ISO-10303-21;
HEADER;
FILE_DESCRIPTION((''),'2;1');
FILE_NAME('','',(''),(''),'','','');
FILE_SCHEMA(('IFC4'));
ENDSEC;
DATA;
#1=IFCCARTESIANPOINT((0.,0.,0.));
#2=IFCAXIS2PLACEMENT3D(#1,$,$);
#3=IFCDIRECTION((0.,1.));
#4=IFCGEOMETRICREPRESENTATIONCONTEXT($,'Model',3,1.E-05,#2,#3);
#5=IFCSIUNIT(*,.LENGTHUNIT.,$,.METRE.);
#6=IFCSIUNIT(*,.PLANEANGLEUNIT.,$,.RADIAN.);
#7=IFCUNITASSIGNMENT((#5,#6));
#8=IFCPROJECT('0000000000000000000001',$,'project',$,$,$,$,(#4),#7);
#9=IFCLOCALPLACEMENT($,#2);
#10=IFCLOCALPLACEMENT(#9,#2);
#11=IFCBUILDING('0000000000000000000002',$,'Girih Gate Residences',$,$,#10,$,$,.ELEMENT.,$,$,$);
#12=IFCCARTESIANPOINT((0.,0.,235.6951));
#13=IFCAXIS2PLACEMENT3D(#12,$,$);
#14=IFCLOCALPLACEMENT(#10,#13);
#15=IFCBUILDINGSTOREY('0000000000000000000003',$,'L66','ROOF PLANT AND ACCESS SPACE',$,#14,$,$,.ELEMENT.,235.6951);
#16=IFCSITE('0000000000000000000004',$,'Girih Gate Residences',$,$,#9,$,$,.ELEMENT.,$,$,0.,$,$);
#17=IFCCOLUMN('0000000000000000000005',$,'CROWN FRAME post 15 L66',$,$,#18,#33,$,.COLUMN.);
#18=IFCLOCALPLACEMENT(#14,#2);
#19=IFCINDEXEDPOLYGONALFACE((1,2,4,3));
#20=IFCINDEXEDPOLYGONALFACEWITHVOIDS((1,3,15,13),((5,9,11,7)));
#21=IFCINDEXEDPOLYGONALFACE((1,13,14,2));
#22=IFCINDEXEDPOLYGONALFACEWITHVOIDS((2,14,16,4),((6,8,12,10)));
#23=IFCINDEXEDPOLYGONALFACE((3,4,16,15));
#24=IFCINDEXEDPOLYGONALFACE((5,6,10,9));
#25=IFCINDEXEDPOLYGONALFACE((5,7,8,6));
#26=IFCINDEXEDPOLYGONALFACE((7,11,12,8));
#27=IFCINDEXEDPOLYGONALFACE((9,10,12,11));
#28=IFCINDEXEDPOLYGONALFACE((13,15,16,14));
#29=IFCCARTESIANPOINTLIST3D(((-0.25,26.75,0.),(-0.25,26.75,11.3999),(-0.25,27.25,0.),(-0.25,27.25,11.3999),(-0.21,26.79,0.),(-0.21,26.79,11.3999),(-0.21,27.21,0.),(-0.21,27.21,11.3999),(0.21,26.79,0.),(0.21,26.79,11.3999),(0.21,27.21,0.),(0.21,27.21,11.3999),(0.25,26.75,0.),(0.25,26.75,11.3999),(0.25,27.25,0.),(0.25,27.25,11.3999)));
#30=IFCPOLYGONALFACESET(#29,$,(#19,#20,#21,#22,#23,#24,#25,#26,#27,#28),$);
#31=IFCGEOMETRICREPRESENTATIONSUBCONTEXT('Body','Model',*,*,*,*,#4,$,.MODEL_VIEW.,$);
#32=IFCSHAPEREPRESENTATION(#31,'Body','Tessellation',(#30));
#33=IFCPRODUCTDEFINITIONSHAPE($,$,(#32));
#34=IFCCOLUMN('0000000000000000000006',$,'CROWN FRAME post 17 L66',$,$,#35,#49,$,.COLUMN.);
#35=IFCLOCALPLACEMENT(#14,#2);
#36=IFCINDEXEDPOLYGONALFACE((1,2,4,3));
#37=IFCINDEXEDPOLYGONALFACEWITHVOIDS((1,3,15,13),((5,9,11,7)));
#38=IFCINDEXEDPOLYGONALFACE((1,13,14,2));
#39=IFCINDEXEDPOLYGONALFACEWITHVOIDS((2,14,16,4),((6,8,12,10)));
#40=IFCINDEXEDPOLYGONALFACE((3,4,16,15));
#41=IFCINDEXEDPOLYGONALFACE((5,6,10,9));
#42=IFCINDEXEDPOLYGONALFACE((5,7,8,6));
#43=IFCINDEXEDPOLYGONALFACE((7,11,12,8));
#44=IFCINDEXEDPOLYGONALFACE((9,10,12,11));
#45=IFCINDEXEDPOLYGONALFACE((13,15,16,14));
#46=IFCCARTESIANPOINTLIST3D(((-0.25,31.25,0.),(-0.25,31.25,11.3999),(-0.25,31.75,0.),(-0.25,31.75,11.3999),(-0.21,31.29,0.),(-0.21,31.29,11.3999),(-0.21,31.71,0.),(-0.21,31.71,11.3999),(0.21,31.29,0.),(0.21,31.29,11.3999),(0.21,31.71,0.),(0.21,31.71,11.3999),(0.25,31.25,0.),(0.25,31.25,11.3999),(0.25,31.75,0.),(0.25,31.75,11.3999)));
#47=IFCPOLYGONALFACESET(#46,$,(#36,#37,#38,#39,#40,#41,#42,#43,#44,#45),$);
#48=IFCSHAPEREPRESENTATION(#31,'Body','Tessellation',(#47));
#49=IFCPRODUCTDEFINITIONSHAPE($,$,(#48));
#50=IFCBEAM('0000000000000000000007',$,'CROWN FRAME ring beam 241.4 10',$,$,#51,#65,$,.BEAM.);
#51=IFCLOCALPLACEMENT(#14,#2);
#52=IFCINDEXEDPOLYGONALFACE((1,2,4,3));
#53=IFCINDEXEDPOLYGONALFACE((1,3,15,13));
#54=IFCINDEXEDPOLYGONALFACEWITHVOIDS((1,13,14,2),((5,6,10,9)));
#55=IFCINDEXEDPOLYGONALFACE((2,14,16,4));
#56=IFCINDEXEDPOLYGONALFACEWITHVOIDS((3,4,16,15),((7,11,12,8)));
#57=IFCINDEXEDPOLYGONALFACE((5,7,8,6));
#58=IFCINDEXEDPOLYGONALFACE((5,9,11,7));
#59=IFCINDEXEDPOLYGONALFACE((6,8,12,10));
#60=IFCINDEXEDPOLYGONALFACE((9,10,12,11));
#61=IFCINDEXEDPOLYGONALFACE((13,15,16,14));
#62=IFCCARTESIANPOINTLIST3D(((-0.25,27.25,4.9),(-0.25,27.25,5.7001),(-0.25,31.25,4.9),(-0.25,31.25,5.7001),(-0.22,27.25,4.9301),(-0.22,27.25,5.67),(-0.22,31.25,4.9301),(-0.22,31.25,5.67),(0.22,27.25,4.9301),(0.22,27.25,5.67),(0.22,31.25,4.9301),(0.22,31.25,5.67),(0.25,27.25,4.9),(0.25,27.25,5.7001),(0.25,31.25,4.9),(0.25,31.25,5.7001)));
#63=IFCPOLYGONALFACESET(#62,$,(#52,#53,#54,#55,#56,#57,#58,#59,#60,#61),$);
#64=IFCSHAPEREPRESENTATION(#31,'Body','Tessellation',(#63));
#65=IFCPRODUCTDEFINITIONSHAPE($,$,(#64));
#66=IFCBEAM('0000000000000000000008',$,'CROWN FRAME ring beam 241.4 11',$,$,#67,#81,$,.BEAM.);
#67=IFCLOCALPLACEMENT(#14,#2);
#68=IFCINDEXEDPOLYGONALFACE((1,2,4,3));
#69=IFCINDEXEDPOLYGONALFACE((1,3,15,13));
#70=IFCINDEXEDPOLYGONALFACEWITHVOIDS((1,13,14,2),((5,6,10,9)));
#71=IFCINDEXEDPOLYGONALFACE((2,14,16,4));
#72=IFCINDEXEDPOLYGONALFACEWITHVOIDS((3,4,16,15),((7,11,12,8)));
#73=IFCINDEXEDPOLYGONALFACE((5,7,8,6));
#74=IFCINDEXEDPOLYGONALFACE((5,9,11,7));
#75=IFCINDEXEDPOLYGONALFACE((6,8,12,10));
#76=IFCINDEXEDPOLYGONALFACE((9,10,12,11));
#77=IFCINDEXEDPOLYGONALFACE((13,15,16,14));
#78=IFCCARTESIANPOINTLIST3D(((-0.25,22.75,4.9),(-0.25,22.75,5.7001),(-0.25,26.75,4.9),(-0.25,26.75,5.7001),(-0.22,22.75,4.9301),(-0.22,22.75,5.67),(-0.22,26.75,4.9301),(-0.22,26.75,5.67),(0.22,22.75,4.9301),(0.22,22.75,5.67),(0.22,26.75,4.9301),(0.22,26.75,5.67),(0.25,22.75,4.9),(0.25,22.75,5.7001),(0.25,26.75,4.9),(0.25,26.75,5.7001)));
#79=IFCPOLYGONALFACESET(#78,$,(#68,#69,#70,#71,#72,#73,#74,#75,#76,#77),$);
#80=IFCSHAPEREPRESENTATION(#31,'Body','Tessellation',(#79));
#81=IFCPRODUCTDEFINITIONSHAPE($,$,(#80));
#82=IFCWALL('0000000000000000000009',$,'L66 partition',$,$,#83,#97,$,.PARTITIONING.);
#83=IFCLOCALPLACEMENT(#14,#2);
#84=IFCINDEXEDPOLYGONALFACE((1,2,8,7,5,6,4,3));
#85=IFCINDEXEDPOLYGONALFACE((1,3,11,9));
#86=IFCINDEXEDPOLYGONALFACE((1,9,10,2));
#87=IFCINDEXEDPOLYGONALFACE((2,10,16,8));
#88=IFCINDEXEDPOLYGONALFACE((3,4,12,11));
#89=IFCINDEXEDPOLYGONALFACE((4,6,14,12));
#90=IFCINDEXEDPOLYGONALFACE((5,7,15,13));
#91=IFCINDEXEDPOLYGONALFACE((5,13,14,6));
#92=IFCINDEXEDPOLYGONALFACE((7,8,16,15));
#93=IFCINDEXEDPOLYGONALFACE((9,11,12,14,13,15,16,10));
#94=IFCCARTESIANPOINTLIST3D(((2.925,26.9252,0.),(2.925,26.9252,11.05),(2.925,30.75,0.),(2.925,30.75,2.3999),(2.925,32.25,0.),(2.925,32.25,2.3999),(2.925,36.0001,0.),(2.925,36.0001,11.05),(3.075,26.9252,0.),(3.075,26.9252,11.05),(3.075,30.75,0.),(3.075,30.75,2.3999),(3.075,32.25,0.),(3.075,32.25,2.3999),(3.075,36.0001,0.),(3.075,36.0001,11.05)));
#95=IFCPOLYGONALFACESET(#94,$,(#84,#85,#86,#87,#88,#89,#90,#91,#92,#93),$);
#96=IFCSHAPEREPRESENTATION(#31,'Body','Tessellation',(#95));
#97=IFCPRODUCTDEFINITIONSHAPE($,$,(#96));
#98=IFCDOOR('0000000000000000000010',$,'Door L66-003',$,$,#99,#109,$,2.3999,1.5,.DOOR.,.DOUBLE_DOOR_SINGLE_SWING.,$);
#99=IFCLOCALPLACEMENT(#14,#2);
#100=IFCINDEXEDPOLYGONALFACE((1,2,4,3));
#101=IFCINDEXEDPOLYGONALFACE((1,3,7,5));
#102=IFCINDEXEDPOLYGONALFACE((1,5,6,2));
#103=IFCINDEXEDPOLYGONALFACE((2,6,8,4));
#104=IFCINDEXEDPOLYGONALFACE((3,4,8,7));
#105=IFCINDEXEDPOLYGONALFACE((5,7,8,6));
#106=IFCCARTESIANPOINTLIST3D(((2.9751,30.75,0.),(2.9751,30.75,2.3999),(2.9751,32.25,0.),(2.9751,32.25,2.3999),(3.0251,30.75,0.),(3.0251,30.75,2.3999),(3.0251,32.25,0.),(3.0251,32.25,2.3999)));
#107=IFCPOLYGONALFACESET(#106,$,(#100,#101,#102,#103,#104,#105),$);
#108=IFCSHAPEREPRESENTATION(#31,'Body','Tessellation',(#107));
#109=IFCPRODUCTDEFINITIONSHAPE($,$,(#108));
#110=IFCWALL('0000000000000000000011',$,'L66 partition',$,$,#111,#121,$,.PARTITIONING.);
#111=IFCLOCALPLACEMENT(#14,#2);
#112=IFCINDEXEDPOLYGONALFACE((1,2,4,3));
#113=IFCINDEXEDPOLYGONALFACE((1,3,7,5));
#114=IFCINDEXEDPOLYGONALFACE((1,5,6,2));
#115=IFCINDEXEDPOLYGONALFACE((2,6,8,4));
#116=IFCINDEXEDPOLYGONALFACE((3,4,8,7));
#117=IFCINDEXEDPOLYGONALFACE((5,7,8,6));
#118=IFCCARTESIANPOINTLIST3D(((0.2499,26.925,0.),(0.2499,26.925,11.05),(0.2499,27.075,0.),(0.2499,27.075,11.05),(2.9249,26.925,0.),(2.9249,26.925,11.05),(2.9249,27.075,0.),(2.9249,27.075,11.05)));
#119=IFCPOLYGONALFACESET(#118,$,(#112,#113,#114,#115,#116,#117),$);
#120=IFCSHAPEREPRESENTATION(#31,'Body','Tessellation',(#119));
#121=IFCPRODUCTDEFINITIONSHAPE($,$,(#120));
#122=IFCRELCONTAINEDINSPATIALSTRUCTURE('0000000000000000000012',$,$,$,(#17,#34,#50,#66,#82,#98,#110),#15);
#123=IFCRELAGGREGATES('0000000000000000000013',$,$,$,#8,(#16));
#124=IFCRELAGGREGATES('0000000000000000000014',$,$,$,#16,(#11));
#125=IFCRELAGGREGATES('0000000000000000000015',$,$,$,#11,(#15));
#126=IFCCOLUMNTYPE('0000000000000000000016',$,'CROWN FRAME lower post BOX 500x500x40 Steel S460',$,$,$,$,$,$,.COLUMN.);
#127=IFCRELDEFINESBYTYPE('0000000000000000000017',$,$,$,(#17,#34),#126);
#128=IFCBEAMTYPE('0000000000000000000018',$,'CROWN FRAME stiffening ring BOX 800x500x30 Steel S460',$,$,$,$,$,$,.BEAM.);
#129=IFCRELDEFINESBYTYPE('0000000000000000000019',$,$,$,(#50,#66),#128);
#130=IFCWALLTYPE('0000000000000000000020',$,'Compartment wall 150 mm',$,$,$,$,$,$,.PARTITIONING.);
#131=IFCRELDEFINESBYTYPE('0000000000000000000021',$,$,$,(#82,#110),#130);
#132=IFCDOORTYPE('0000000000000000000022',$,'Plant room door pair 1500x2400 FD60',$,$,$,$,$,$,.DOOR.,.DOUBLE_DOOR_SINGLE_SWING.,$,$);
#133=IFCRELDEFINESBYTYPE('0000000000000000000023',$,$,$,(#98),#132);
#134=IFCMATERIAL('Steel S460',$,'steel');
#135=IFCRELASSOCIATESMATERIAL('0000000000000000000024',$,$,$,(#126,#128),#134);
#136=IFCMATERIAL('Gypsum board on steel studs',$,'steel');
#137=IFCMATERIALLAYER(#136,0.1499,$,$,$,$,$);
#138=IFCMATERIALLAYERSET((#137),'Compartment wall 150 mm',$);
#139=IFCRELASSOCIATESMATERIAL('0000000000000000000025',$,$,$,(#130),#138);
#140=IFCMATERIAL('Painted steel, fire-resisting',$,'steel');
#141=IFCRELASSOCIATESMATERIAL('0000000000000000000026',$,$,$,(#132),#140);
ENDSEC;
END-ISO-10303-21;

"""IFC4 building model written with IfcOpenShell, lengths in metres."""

from ifc_helpers import new_model, si_unit, direction, frame, frame_2d, origin, origin_2d, place, context, subcontext, project, spatial, rectangle, hollow_rectangle, extrude, material, layer, layer_set, material_profile, profile_set, type_object, element, fill, save


model = new_model("IFC4")

# Units and contexts
model_context = context("Model", 3, precision=1e-05, world=origin(), true_north=direction((0.0, 1.0)))
body_context = subcontext(model_context, "Body", "Model", "MODEL_VIEW")
ifc_project = project(units=[si_unit("LENGTHUNIT", "METRE"), si_unit("PLANEANGLEUNIT", "RADIAN")], contexts=[model_context])

# Site, building, storey
site_placement = place(None, origin())
site = spatial("IfcSite", under=ifc_project, at=site_placement, Name="Girih Gate Residences", CompositionType="ELEMENT", RefElevation=0.0)
building_placement = place(site_placement, origin())
building = spatial("IfcBuilding", under=site, at=building_placement, Name="Girih Gate Residences", CompositionType="ELEMENT")
storey_placement = place(building_placement, frame((0.0, 0.0, 235.6951)))
storey = spatial("IfcBuildingStorey", under=building, at=storey_placement, Name="L66", Description="ROOF PLANT AND ACCESS SPACE", CompositionType="ELEMENT", Elevation=235.6951)

# Columns
ifc_material_1 = material(Name="Steel S460", Category="steel")
ifc_material_profile_1 = material_profile(ifc_material_1, hollow_rectangle(XDim=0.5, YDim=0.5, WallThickness=0.04, at=origin_2d()))
ifc_profile_set_1 = profile_set([ifc_material_profile_1], Name="Steel S460")
column_type = type_object("IfcColumnType", Name="CROWN FRAME lower post BOX 500x500x40 Steel S460", PredefinedType="COLUMN", material=ifc_profile_set_1)
for number, where, z_axis, x_axis, name in (
    (1, (0.0, 27.0, 0.0), (0.0, 0.0, 1.0), (1.0, 0.0, 0.0), "CROWN FRAME post 15 L66"),
    (2, (0.0, 31.5, 0.0), (0.0, 0.0, 1.0), (1.0, 0.0, 0.0), "CROWN FRAME post 17 L66"),
):
    element("IfcColumn", number, at=place(storey_placement, frame(where, z_axis=z_axis, x_axis=x_axis)), inside=storey, type_object=column_type, Name=name, PredefinedType="COLUMN", context=body_context, shape_type="SweptSolid", body=[
        extrude(hollow_rectangle(XDim=0.5, YDim=0.5, WallThickness=0.04, at=origin_2d()), origin(), (0.0, 0.0, 1.0), 11.3999),
    ])

# Beams
ifc_material_profile_2 = material_profile(ifc_material_1, hollow_rectangle(XDim=0.5, YDim=0.8, WallThickness=0.03, at=origin_2d()))
ifc_profile_set_2 = profile_set([ifc_material_profile_2], Name="Steel S460")
beam_type = type_object("IfcBeamType", Name="CROWN FRAME stiffening ring BOX 800x500x30 Steel S460", PredefinedType="BEAM", material=ifc_profile_set_2)
for number, where, z_axis, x_axis, name in (
    (3, (0.0, 31.25, 5.3), (0.0, -1.0, 0.0), (1.0, 0.0, 0.0), "CROWN FRAME ring beam 241.4 10"),
    (4, (0.0, 26.75, 5.3), (0.0, -1.0, 0.0), (1.0, 0.0, 0.0), "CROWN FRAME ring beam 241.4 11"),
):
    element("IfcBeam", number, at=place(storey_placement, frame(where, z_axis=z_axis, x_axis=x_axis)), inside=storey, type_object=beam_type, Name=name, PredefinedType="BEAM", context=body_context, shape_type="SweptSolid", body=[
        extrude(hollow_rectangle(XDim=0.5, YDim=0.8, WallThickness=0.03, at=origin_2d()), origin(), (0.0, 0.0, 1.0), 4.0),
    ])

# Wall, opening, door
ifc_material_2 = material(Name="Gypsum board on steel studs", Category="steel")
ifc_layer_1 = layer(ifc_material_2, 0.1499)
ifc_layer_set_1 = layer_set([ifc_layer_1], Name="Compartment wall 150 mm")
wall_type_1 = type_object("IfcWallType", Name="Compartment wall 150 mm", PredefinedType="PARTITIONING", material=ifc_layer_set_1)
wall_1_placement = place(storey_placement, frame((3.0, 26.925, 0.0), z_axis=(0.0, 0.0, 1.0), x_axis=(0.0, 1.0, 0.0)))
wall_1 = element("IfcWall", 5, at=wall_1_placement, inside=storey, type_object=wall_type_1, Name="L66 partition", PredefinedType="PARTITIONING", context=body_context, shape_type="SweptSolid", body=[
    extrude(rectangle(XDim=9.075, YDim=0.1499, at=frame_2d((4.5376, 0.0))), origin(), (0.0, 0.0, 1.0), 11.05),
])
opening_1_placement = place(wall_1_placement, frame((3.825, 0.0, 0.0)))
opening_1 = element("IfcOpeningElement", 6, at=opening_1_placement, cuts=wall_1, PredefinedType="OPENING", context=body_context, shape_type="SweptSolid", body=[
    extrude(rectangle(XDim=1.5, YDim=2.3999, at=frame_2d((0.75, 1.2))), frame((0.0, 0.085, 0.0), z_axis=(0.0, -1.0, 0.0), x_axis=(1.0, 0.0, 0.0)), (0.0, 0.0, 1.0), 0.1699),
])
ifc_material_3 = material(Name="Painted steel, fire-resisting", Category="steel")
door_type_1 = type_object("IfcDoorType", Name="Plant room door pair 1500x2400 FD60", OperationType="DOUBLE_DOOR_SINGLE_SWING", PredefinedType="DOOR", material=ifc_material_3)
door_1_placement = place(opening_1_placement, origin())
door_1 = element("IfcDoor", 7, at=door_1_placement, inside=storey, type_object=door_type_1, Name="Door L66-003", OperationType="DOUBLE_DOOR_SINGLE_SWING", OverallHeight=2.3999, OverallWidth=1.5, PredefinedType="DOOR", context=body_context, shape_type="SweptSolid", body=[
    extrude(rectangle(XDim=1.5, YDim=2.3999, at=frame_2d((0.75, 1.2))), frame((0.0, 0.0249, 0.0), z_axis=(0.0, -1.0, 0.0), x_axis=(1.0, 0.0, 0.0)), (0.0, 0.0, 1.0), 0.05),
])
fill(opening_1, door_1)

# Wall
wall_2_placement = place(storey_placement, frame((0.25, 27.0, 0.0), z_axis=(0.0, 0.0, 1.0), x_axis=(1.0, 0.0, 0.0)))
element("IfcWall", 8, at=wall_2_placement, inside=storey, type_object=wall_type_1, Name="L66 partition", PredefinedType="PARTITIONING", context=body_context, shape_type="SweptSolid", body=[
    extrude(rectangle(XDim=2.675, YDim=0.1499, at=frame_2d((1.3374, 0.0))), origin(), (0.0, 0.0, 1.0), 11.05),
])

save(model, "model.ifc")
